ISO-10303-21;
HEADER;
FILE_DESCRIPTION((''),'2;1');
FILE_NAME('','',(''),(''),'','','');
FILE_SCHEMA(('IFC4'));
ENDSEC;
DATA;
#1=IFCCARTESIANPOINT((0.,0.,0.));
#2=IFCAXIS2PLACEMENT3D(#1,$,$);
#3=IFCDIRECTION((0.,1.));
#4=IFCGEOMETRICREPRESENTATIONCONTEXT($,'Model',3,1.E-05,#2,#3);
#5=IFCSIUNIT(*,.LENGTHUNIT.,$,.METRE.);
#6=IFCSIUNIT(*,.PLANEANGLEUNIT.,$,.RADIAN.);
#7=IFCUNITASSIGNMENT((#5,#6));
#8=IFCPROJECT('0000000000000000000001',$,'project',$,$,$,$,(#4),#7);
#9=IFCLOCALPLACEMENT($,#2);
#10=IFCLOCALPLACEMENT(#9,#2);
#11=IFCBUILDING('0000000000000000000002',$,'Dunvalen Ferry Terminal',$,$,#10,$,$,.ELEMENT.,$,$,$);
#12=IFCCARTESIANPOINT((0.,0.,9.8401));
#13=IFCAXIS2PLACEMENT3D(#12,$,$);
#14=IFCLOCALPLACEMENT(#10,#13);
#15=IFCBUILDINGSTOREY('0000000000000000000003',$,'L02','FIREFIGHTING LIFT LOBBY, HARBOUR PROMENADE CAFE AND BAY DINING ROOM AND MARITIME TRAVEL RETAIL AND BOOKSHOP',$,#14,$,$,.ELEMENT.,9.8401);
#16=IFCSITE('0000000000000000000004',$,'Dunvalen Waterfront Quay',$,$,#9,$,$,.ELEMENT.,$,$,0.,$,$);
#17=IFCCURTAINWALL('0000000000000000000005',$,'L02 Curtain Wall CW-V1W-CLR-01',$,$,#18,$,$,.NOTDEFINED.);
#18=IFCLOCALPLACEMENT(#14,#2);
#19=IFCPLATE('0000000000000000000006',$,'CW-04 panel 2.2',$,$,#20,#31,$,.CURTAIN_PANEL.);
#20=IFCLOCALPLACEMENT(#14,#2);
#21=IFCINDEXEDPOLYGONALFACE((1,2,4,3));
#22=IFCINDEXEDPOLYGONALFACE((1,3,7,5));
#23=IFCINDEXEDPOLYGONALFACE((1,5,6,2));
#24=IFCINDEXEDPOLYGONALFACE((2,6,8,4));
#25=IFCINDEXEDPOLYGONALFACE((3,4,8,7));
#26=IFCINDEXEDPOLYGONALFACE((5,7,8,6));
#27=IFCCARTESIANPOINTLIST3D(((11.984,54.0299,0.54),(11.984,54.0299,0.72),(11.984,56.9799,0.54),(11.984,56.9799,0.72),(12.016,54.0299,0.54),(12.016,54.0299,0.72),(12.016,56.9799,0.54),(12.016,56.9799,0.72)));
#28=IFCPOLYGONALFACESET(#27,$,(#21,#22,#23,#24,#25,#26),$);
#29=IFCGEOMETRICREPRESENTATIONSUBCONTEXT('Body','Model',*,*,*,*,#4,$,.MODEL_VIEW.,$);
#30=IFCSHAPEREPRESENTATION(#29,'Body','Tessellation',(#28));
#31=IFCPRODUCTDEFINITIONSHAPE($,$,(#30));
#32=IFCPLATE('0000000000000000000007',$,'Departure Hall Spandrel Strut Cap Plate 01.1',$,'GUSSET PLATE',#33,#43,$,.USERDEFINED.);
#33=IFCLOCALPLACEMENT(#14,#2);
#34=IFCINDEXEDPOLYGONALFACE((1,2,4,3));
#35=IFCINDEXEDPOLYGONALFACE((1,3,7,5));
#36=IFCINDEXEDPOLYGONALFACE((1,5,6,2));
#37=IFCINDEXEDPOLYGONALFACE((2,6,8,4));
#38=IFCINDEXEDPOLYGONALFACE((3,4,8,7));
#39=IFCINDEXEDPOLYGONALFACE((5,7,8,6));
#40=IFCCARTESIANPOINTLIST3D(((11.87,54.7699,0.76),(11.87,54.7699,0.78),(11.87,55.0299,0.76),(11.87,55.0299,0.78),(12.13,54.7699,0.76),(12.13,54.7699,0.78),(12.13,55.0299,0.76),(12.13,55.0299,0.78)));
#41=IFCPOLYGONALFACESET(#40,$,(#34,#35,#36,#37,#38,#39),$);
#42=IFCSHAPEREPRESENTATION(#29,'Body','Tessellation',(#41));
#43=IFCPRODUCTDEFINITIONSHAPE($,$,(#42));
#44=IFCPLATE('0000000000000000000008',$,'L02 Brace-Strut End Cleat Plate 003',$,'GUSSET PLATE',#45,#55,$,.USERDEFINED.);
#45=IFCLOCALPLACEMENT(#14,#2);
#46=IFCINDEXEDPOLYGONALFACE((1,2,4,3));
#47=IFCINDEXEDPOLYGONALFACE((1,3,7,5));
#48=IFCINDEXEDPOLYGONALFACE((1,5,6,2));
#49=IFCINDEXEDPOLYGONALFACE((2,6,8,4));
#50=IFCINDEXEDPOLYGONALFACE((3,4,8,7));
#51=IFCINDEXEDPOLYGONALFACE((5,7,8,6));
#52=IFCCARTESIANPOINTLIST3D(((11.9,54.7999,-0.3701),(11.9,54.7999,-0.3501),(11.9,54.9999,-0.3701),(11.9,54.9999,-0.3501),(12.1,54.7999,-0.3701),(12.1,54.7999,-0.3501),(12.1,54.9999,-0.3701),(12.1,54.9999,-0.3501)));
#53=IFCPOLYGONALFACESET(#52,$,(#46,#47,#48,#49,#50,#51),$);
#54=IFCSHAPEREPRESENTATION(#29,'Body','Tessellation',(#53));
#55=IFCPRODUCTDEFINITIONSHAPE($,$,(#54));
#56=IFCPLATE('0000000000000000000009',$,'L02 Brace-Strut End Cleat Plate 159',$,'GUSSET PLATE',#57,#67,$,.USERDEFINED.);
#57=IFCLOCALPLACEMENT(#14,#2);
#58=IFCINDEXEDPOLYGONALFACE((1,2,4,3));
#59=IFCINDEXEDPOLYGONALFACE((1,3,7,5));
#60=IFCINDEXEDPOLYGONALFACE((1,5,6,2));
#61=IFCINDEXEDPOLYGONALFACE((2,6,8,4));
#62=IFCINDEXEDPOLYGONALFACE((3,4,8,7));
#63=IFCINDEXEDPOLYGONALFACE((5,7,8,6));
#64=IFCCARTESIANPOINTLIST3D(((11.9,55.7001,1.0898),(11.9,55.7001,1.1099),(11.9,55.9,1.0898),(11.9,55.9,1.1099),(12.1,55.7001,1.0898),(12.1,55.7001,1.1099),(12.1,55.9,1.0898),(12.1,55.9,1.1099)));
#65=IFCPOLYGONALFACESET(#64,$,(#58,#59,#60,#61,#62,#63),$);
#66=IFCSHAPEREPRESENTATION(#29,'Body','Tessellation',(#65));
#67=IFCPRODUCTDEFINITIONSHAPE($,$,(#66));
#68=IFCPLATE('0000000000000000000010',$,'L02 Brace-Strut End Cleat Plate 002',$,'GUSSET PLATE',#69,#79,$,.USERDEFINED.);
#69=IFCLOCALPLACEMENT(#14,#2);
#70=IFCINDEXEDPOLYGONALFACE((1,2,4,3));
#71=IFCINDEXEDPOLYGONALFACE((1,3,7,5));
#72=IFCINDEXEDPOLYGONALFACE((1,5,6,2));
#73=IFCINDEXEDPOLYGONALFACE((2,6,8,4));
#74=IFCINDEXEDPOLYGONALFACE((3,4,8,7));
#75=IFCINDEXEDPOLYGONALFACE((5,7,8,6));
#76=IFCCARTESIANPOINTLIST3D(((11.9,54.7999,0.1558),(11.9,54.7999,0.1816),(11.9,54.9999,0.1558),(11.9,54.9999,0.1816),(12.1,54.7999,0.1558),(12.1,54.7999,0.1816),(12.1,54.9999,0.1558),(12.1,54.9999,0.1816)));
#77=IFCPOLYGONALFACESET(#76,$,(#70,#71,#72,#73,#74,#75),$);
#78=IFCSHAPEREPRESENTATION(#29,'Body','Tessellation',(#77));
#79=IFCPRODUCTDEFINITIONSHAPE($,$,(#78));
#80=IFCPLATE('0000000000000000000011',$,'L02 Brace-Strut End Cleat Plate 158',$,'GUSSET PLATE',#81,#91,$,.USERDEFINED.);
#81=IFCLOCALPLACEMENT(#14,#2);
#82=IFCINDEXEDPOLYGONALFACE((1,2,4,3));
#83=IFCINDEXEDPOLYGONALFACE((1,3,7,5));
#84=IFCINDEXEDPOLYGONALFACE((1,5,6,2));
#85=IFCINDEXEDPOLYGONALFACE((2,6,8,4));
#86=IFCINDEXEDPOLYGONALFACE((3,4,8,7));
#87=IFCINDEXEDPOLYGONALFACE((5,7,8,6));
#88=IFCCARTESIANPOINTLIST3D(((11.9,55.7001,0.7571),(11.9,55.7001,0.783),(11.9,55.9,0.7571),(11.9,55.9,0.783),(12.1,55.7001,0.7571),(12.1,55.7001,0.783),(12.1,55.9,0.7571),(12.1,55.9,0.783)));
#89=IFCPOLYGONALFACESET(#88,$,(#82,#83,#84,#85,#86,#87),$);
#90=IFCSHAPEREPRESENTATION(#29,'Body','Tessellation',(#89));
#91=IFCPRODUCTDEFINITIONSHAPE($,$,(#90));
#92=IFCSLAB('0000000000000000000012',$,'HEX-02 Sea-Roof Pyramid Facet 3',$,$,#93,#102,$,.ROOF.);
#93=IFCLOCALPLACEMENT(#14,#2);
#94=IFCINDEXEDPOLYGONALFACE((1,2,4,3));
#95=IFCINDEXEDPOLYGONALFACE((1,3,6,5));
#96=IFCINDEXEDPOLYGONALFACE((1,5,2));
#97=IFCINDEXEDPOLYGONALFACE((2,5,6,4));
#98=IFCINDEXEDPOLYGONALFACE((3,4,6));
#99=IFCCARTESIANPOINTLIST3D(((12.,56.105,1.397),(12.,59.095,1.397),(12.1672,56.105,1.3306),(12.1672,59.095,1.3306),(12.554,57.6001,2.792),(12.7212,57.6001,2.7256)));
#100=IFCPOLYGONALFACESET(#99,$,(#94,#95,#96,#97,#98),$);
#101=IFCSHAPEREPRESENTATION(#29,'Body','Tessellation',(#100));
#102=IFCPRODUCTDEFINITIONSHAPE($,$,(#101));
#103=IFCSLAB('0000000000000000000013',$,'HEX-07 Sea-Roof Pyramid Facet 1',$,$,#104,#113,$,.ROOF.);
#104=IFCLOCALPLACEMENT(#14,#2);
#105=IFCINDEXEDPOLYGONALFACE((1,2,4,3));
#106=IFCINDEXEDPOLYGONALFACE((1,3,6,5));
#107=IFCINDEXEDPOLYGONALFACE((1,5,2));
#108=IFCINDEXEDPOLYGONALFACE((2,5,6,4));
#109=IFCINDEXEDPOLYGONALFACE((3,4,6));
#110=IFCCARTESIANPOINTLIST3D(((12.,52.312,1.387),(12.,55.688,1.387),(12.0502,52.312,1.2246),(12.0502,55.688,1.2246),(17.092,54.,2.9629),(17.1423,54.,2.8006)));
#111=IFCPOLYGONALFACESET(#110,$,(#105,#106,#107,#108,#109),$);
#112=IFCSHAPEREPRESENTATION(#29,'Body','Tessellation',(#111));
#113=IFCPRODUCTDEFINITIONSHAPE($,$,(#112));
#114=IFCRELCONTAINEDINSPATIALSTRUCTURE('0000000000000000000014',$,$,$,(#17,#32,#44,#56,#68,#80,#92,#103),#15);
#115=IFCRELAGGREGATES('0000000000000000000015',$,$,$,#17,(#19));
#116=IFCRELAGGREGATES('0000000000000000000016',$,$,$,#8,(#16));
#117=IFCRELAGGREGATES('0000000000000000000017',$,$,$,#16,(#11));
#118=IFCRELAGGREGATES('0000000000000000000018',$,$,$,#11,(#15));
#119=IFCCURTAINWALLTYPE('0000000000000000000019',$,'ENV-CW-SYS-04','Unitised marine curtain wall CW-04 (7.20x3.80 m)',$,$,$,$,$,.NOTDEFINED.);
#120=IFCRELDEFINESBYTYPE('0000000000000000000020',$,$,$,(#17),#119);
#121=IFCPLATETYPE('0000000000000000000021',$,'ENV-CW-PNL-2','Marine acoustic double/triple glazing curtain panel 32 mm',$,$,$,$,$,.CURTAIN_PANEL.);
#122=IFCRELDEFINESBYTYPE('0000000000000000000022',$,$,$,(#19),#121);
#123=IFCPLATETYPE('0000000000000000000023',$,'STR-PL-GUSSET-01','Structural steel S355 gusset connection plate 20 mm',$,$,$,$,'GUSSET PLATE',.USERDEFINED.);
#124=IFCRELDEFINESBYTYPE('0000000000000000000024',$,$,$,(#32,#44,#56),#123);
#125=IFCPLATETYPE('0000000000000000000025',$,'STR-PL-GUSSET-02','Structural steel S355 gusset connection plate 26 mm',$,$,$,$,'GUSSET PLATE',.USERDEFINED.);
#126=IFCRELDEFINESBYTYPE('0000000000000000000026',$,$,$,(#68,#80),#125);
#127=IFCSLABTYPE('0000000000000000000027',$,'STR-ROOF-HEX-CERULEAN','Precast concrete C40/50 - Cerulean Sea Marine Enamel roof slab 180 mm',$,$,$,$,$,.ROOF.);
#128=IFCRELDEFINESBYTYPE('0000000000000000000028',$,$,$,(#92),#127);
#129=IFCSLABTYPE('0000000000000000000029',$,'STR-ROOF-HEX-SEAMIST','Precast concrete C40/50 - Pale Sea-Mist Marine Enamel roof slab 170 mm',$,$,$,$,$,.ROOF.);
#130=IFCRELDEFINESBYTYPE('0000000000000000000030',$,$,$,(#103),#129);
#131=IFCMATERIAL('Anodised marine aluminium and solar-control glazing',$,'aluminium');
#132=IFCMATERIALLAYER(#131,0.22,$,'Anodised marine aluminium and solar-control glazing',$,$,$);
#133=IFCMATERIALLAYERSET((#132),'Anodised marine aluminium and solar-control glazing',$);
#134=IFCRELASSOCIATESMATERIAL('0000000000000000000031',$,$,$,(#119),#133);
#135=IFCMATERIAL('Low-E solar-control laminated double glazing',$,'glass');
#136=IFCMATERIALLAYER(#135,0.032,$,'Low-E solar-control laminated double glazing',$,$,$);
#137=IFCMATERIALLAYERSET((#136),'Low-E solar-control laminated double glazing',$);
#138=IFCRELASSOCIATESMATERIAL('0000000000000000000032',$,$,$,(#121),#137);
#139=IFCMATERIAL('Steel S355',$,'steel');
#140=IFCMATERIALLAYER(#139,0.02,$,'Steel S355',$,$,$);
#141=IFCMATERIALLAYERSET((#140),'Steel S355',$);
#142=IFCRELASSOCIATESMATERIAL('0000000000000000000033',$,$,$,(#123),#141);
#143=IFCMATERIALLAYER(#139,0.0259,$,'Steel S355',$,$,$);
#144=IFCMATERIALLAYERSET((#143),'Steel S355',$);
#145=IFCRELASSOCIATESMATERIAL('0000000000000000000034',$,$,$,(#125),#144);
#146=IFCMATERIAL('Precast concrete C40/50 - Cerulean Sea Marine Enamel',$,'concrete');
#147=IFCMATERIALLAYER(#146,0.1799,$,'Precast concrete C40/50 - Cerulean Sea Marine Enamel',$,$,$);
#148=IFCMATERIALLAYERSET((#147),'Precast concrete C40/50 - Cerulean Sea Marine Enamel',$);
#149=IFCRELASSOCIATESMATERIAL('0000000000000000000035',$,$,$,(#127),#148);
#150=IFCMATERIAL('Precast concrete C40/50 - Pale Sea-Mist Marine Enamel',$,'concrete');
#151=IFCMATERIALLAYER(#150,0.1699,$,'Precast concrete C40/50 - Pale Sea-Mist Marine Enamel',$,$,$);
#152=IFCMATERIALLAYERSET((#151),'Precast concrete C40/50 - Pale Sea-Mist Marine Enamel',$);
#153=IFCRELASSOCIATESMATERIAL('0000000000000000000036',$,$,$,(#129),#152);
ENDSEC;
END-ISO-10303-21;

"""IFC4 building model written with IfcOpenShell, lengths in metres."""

from ifc_helpers import new_model, si_unit, direction, frame, origin, origin_2d, place, context, subcontext, project, spatial, polyline, rectangle, outline, extrude, material, layer, layer_set, type_object, element, aggregate, save


model = new_model("IFC4")

# Units and contexts
model_context = context("Model", 3, precision=1e-05, world=origin(), true_north=direction((0.0, 1.0)))
body_context = subcontext(model_context, "Body", "Model", "MODEL_VIEW")
ifc_project = project(units=[si_unit("LENGTHUNIT", "METRE"), si_unit("PLANEANGLEUNIT", "RADIAN")], contexts=[model_context])

# Site, building, storey
site_placement = place(None, origin())
site = spatial("IfcSite", under=ifc_project, at=site_placement, Name="Dunvalen Waterfront Quay", CompositionType="ELEMENT", RefElevation=0.0)
building_placement = place(site_placement, origin())
building = spatial("IfcBuilding", under=site, at=building_placement, Name="Dunvalen Ferry Terminal", CompositionType="ELEMENT")
storey_placement = place(building_placement, frame((0.0, 0.0, 9.8401)))
storey = spatial("IfcBuildingStorey", under=building, at=storey_placement, Name="L02", Description="FIREFIGHTING LIFT LOBBY, HARBOUR PROMENADE CAFE AND BAY DINING ROOM AND MARITIME TRAVEL RETAIL AND BOOKSHOP", CompositionType="ELEMENT", Elevation=9.8401)

# Curtain wall
ifc_material_1 = material(Name="Anodised marine aluminium and solar-control glazing", Category="aluminium")
ifc_layer_1 = layer(ifc_material_1, 0.22, Name="Anodised marine aluminium and solar-control glazing")
ifc_layer_set_1 = layer_set([ifc_layer_1], Name="Anodised marine aluminium and solar-control glazing")
curtain_wall_type = type_object("IfcCurtainWallType", Name="ENV-CW-SYS-04", Description="Unitised marine curtain wall CW-04 (7.20x3.80 m)", PredefinedType="NOTDEFINED", material=ifc_layer_set_1)
curtain_wall_1_placement = place(storey_placement, origin())
curtain_wall_1 = element("IfcCurtainWall", 1, at=curtain_wall_1_placement, inside=storey, type_object=curtain_wall_type, Name="L02 Curtain Wall CW-V1W-CLR-01", PredefinedType="NOTDEFINED")

# Shared definitions
ifc_material_2 = material(Name="Steel S355", Category="steel")

# Plate
ifc_material_3 = material(Name="Low-E solar-control laminated double glazing", Category="glass")
ifc_layer_2 = layer(ifc_material_3, 0.032, Name="Low-E solar-control laminated double glazing")
ifc_layer_set_2 = layer_set([ifc_layer_2], Name="Low-E solar-control laminated double glazing")
plate_type_1 = type_object("IfcPlateType", Name="ENV-CW-PNL-2", Description="Marine acoustic double/triple glazing curtain panel 32 mm", PredefinedType="CURTAIN_PANEL", material=ifc_layer_set_2)
plate_1_placement = place(storey_placement, frame((12.0, 55.5049, 0.54), z_axis=(0.0, 0.0, 1.0), x_axis=(0.0, 1.0, 0.0)))
plate_1 = element("IfcPlate", 2, at=plate_1_placement, type_object=plate_type_1, Name="CW-04 panel 2.2", PredefinedType="CURTAIN_PANEL", context=body_context, shape_type="SweptSolid", body=[
    extrude(rectangle(XDim=2.95, YDim=0.032, at=origin_2d()), origin(), (0.0, 0.0, 1.0), 0.1799),
])
aggregate(curtain_wall_1, [plate_1])

# Plates
ifc_layer_3 = layer(ifc_material_2, 0.02, Name="Steel S355")
ifc_layer_set_3 = layer_set([ifc_layer_3], Name="Steel S355")
plate_type_2 = type_object("IfcPlateType", Name="STR-PL-GUSSET-01", Description="Structural steel S355 gusset connection plate 20 mm", ElementType="GUSSET PLATE", PredefinedType="USERDEFINED", material=ifc_layer_set_3)
plate_2_placement = place(storey_placement, frame((12.0, 54.8999, 0.76), z_axis=(0.0, 0.0, 1.0), x_axis=(1.0, 0.0, 0.0)))
element("IfcPlate", 3, at=plate_2_placement, inside=storey, type_object=plate_type_2, Name="Departure Hall Spandrel Strut Cap Plate 01.1", ObjectType="GUSSET PLATE", PredefinedType="USERDEFINED", context=body_context, shape_type="SweptSolid", body=[
    extrude(rectangle(XDim=0.26, YDim=0.26, at=origin_2d()), origin(), (0.0, 0.0, 1.0), 0.02),
])
for number, where, z_axis, x_axis, name in (
    (4, (12.0, 54.8999, -0.3701), (0.0, 0.0, 1.0), (1.0, 0.0, 0.0), "L02 Brace-Strut End Cleat Plate 003"),
    (5, (12.0, 55.8, 1.0898), (0.0, 0.0, 1.0), (1.0, 0.0, 0.0), "L02 Brace-Strut End Cleat Plate 159"),
):
    element("IfcPlate", number, at=place(storey_placement, frame(where, z_axis=z_axis, x_axis=x_axis)), inside=storey, type_object=plate_type_2, Name=name, ObjectType="GUSSET PLATE", PredefinedType="USERDEFINED", context=body_context, shape_type="SweptSolid", body=[
        extrude(rectangle(XDim=0.2, YDim=0.2, at=origin_2d()), origin(), (0.0, 0.0, 1.0), 0.02),
    ])
ifc_layer_4 = layer(ifc_material_2, 0.0259, Name="Steel S355")
ifc_layer_set_4 = layer_set([ifc_layer_4], Name="Steel S355")
plate_type_3 = type_object("IfcPlateType", Name="STR-PL-GUSSET-02", Description="Structural steel S355 gusset connection plate 26 mm", ElementType="GUSSET PLATE", PredefinedType="USERDEFINED", material=ifc_layer_set_4)
for number, where, z_axis, x_axis, name in (
    (6, (12.0, 54.8999, 0.1558), (0.0, 0.0, 1.0), (1.0, 0.0, 0.0), "L02 Brace-Strut End Cleat Plate 002"),
    (7, (12.0, 55.8, 0.7571), (0.0, 0.0, 1.0), (1.0, 0.0, 0.0), "L02 Brace-Strut End Cleat Plate 158"),
):
    element("IfcPlate", number, at=place(storey_placement, frame(where, z_axis=z_axis, x_axis=x_axis)), inside=storey, type_object=plate_type_3, Name=name, ObjectType="GUSSET PLATE", PredefinedType="USERDEFINED", context=body_context, shape_type="SweptSolid", body=[
        extrude(rectangle(XDim=0.2, YDim=0.2, at=origin_2d()), origin(), (0.0, 0.0, 1.0), 0.0259),
    ])

# Slabs
ifc_material_4 = material(Name="Precast concrete C40/50 - Cerulean Sea Marine Enamel", Category="concrete")
ifc_layer_5 = layer(ifc_material_4, 0.1799, Name="Precast concrete C40/50 - Cerulean Sea Marine Enamel")
ifc_layer_set_5 = layer_set([ifc_layer_5], Name="Precast concrete C40/50 - Cerulean Sea Marine Enamel")
slab_type_1 = type_object("IfcSlabType", Name="STR-ROOF-HEX-CERULEAN", Description="Precast concrete C40/50 - Cerulean Sea Marine Enamel roof slab 180 mm", PredefinedType="ROOF", material=ifc_layer_set_5)
slab_1_placement = place(storey_placement, frame((12.0, 59.095, 1.397), z_axis=(-0.929405, 0.0, 0.369062), x_axis=(0.0, -1.0, 0.0)))
element("IfcSlab", 8, at=slab_1_placement, inside=storey, type_object=slab_type_1, Name="HEX-02 Sea-Roof Pyramid Facet 3", PredefinedType="ROOF", context=body_context, shape_type="SweptSolid", body=[
    extrude(outline(polyline([(0.0, 0.0), (2.99, 0.0), (1.4949, 1.501), (0.0, 0.0)])), origin(), (0.0, 0.0, -1.0), 0.1799),
])
ifc_material_5 = material(Name="Precast concrete C40/50 - Pale Sea-Mist Marine Enamel", Category="concrete")
ifc_layer_6 = layer(ifc_material_5, 0.1699, Name="Precast concrete C40/50 - Pale Sea-Mist Marine Enamel")
ifc_layer_set_6 = layer_set([ifc_layer_6], Name="Precast concrete C40/50 - Pale Sea-Mist Marine Enamel")
slab_type_2 = type_object("IfcSlabType", Name="STR-ROOF-HEX-SEAMIST", Description="Precast concrete C40/50 - Pale Sea-Mist Marine Enamel roof slab 170 mm", PredefinedType="ROOF", material=ifc_layer_set_6)
slab_2_placement = place(storey_placement, frame((12.0, 55.688, 1.387), z_axis=(-0.295653, 0.0, 0.955295), x_axis=(0.0, -1.0, 0.0)))
element("IfcSlab", 9, at=slab_2_placement, inside=storey, type_object=slab_type_2, Name="HEX-07 Sea-Roof Pyramid Facet 1", PredefinedType="ROOF", context=body_context, shape_type="SweptSolid", body=[
    extrude(outline(polyline([(0.0, 0.0), (3.376, 0.0), (1.688, 5.3303), (0.0, 0.0)])), origin(), (0.0, 0.0, -1.0), 0.1699),
])

save(model, "model.ifc")
